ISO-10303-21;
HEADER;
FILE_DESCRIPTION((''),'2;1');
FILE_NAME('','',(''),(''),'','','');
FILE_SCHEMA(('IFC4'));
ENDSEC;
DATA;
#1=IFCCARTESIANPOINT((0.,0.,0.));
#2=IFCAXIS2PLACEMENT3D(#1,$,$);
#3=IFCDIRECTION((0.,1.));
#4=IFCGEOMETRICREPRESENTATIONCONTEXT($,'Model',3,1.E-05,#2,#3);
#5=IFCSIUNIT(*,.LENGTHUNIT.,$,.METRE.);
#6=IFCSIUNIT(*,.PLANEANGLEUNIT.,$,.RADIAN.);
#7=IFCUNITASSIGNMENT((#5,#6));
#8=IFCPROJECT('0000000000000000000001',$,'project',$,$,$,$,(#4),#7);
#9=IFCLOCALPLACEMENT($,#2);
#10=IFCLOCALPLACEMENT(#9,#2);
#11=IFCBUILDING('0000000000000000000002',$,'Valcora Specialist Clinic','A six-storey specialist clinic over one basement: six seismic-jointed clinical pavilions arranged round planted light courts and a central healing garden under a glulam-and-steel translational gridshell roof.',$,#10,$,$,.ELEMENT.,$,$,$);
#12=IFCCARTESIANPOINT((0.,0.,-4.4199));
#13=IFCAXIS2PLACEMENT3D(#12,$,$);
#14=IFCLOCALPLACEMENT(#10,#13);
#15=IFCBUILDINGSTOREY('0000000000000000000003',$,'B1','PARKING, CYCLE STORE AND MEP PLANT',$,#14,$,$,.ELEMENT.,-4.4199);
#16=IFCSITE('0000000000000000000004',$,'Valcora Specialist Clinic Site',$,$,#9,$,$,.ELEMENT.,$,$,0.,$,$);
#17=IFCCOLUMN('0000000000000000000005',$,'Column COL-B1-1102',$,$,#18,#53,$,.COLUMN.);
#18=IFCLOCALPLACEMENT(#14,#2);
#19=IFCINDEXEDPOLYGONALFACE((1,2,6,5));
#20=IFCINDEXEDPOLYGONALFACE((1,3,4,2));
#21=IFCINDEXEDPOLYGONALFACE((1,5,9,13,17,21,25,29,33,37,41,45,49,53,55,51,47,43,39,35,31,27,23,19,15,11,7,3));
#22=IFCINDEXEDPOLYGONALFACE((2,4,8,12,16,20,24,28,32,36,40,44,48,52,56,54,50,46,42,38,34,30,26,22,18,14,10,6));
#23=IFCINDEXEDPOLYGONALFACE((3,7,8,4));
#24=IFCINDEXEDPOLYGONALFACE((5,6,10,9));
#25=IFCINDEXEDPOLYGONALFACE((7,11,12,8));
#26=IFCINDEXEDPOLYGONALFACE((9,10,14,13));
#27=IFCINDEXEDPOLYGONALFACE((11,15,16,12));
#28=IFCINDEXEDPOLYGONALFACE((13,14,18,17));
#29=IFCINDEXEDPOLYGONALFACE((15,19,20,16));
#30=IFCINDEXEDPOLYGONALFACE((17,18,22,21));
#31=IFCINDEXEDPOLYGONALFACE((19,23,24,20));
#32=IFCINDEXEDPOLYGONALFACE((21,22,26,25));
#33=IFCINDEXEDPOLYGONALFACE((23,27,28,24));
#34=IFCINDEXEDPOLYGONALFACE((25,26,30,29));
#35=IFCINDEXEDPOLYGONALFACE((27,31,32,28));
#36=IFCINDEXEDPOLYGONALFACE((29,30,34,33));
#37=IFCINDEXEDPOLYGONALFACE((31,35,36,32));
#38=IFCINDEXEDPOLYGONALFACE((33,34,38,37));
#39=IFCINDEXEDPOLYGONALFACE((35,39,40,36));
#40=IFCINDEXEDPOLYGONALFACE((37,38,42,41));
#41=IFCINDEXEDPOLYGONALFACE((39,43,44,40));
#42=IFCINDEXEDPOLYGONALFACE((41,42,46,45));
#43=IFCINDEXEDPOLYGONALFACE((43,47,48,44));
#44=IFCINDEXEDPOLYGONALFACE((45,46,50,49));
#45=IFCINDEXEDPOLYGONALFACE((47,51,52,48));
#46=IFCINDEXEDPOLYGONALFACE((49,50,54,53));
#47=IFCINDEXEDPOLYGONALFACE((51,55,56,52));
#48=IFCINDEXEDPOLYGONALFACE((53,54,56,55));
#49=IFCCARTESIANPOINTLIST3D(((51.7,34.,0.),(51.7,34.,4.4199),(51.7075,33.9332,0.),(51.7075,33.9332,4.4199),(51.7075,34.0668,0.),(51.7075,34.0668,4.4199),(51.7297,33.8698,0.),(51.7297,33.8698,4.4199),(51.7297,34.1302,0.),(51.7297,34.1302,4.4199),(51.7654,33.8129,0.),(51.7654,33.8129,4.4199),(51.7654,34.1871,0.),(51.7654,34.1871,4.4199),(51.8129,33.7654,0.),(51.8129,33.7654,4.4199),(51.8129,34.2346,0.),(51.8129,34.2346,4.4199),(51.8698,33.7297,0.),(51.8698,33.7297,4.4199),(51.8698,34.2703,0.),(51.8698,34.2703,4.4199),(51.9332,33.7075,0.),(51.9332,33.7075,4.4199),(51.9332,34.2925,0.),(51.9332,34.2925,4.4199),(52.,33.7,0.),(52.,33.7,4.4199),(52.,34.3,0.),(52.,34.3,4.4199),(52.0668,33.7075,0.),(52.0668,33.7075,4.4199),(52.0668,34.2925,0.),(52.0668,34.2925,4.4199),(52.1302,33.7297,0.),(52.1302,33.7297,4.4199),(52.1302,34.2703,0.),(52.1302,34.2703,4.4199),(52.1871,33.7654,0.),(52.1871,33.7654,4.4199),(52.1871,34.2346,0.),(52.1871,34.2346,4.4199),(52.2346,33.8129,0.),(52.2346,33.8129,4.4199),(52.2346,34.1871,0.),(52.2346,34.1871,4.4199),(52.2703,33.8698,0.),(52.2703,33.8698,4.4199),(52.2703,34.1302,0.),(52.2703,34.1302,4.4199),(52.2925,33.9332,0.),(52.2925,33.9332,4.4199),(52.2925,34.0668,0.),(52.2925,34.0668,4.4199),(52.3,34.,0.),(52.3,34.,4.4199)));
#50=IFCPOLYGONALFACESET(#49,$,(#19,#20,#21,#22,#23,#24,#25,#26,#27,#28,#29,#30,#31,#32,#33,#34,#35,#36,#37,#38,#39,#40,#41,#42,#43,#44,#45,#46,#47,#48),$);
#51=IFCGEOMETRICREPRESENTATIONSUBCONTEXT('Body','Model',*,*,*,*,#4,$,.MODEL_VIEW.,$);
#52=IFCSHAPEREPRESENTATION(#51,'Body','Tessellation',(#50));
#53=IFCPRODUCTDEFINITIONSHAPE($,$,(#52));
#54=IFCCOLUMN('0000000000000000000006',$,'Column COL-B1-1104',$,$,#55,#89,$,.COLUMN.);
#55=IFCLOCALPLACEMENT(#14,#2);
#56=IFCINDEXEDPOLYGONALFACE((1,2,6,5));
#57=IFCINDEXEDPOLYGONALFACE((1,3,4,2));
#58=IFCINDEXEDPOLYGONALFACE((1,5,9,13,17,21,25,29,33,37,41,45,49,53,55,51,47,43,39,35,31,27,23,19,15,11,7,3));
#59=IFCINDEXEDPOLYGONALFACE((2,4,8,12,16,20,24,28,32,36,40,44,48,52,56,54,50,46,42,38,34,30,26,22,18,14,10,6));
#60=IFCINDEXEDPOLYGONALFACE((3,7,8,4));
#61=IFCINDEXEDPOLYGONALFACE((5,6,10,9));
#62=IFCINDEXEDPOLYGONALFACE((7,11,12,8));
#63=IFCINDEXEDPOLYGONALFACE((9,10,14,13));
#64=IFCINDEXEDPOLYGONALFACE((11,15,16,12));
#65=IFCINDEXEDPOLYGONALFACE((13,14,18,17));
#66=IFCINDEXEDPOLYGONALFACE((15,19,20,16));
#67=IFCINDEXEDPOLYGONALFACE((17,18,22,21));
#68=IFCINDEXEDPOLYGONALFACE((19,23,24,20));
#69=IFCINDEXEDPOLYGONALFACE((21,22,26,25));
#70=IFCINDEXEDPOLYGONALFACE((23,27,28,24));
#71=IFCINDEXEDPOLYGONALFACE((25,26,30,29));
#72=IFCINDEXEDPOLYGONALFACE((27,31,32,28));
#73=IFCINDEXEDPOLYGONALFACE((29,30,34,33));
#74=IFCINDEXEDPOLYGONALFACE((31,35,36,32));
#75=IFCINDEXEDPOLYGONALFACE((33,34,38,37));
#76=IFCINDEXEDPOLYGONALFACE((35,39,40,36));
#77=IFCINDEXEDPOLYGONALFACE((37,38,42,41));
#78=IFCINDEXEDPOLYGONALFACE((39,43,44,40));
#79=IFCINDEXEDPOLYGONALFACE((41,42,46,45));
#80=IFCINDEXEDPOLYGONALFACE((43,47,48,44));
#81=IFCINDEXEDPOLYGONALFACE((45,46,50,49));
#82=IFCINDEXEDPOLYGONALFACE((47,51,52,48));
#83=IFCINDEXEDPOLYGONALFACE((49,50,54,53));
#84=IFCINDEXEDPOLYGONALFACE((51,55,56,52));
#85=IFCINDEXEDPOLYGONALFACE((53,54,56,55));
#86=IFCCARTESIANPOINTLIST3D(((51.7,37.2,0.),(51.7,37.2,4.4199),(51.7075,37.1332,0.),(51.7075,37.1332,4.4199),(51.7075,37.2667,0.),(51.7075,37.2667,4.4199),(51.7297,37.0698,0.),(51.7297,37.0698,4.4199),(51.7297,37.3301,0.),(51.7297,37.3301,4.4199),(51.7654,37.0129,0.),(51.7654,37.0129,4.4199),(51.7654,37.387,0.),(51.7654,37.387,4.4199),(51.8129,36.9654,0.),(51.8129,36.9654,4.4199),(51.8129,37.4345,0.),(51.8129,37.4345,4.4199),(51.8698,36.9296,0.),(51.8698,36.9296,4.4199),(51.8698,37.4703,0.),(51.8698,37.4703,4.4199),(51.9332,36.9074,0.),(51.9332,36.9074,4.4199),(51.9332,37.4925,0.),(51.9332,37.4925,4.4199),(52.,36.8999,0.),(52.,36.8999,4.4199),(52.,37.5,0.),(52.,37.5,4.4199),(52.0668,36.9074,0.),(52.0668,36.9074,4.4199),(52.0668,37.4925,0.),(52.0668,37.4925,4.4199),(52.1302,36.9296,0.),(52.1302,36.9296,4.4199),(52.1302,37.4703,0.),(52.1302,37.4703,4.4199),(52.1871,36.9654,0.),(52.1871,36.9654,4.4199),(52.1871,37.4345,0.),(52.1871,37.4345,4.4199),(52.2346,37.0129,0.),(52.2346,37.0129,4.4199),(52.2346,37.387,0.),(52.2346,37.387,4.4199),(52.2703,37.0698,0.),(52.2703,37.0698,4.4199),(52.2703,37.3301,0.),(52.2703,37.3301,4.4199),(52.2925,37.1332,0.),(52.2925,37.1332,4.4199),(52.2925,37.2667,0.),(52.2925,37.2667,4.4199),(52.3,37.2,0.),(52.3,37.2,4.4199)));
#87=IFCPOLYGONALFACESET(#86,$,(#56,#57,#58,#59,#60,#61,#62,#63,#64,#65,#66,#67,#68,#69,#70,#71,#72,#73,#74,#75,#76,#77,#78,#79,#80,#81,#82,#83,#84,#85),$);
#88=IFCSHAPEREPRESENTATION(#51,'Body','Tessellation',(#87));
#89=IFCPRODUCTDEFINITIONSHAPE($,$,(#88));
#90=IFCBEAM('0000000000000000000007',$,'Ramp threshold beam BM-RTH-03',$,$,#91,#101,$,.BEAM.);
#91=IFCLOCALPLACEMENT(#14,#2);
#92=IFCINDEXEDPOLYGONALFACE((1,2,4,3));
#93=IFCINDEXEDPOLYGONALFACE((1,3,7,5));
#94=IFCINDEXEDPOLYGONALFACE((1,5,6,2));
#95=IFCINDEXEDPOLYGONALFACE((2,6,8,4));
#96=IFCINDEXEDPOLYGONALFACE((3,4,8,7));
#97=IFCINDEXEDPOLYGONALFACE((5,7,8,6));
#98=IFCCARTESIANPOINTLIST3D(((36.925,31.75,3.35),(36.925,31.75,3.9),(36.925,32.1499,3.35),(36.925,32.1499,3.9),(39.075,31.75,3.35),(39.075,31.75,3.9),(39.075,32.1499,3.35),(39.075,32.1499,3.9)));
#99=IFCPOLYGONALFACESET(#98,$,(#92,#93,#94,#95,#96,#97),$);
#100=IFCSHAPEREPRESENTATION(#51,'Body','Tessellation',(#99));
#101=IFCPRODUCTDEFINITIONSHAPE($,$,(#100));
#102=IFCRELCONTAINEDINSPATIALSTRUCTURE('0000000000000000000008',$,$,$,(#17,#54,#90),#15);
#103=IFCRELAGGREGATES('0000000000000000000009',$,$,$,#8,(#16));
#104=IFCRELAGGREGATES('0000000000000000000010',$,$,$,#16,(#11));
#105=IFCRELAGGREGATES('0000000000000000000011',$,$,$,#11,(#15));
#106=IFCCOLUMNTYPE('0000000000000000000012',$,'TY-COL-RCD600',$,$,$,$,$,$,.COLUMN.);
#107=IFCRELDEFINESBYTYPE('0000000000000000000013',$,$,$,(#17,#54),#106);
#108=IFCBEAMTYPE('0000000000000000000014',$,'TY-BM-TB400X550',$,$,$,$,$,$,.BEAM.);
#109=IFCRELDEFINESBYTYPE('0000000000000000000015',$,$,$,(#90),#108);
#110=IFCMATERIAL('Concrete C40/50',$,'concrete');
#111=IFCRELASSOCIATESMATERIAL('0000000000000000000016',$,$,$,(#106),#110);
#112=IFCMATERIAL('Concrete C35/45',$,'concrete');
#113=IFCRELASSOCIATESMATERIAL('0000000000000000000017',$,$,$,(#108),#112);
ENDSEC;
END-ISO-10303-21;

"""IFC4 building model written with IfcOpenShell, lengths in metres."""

from ifc_helpers import new_model, si_unit, direction, frame, origin, origin_2d, place, context, subcontext, project, spatial, rectangle, circle, extrude, material, material_profile, profile_set, type_object, element, save


model = new_model("IFC4")

# Units and contexts
model_context = context("Model", 3, precision=1e-05, world=origin(), true_north=direction((0.0, 1.0)))
body_context = subcontext(model_context, "Body", "Model", "MODEL_VIEW")
ifc_project = project(units=[si_unit("LENGTHUNIT", "METRE"), si_unit("PLANEANGLEUNIT", "RADIAN")], contexts=[model_context])

# Site, building, storey
site_placement = place(None, origin())
site = spatial("IfcSite", under=ifc_project, at=site_placement, Name="Valcora Specialist Clinic Site", CompositionType="ELEMENT", RefElevation=0.0)
building_placement = place(site_placement, origin())
building = spatial("IfcBuilding", under=site, at=building_placement, Name="Valcora Specialist Clinic", Description="A six-storey specialist clinic over one basement: six seismic-jointed clinical pavilions arranged round planted light courts and a central healing garden under a glulam-and-steel translational gridshell roof.", CompositionType="ELEMENT")
storey_placement = place(building_placement, frame((0.0, 0.0, -4.4199)))
storey = spatial("IfcBuildingStorey", under=building, at=storey_placement, Name="B1", Description="PARKING, CYCLE STORE AND MEP PLANT", CompositionType="ELEMENT", Elevation=-4.4199)

# Shared definitions
ifc_material_1 = material(Name="Concrete C35/45", Category="concrete")

# Columns
ifc_material_2 = material(Name="Concrete C40/50", Category="concrete")
ifc_material_profile_1 = material_profile(ifc_material_2, circle(Radius=0.3, at=origin_2d()), Name="RC-COL-D600")
ifc_profile_set_1 = profile_set([ifc_material_profile_1], Name="Concrete C40/50")
column_type_1 = type_object("IfcColumnType", Name="TY-COL-RCD600", PredefinedType="COLUMN", material=ifc_profile_set_1)
for number, where, z_axis, x_axis, name in (
    (1, (52.0, 34.0, 0.0), (0.0, 0.0, 1.0), (1.0, 0.0, 0.0), "Column COL-B1-1102"),
    (2, (52.0, 37.2, 0.0), (0.0, 0.0, 1.0), (1.0, 0.0, 0.0), "Column COL-B1-1104"),
):
    element("IfcColumn", number, at=place(storey_placement, frame(where, z_axis=z_axis, x_axis=x_axis)), inside=storey, type_object=column_type_1, Name=name, PredefinedType="COLUMN", context=body_context, shape_type="SweptSolid", body=[
        extrude(circle(Radius=0.3, at=origin_2d()), origin(), (0.0, 0.0, 1.0), 4.4199),
    ])

# Beam
ifc_material_profile_2 = material_profile(ifc_material_1, rectangle(XDim=0.3999, YDim=0.55, at=origin_2d()), Name="RC-TB-400X550")
ifc_profile_set_2 = profile_set([ifc_material_profile_2], Name="Concrete C35/45")
beam_type = type_object("IfcBeamType", Name="TY-BM-TB400X550", PredefinedType="BEAM", material=ifc_profile_set_2)
beam_placement = place(storey_placement, frame((36.925, 31.95, 3.625), z_axis=(1.0, 0.0, 0.0), x_axis=(0.0, 1.0, 0.0)))
element("IfcBeam", 3, at=beam_placement, inside=storey, type_object=beam_type, Name="Ramp threshold beam BM-RTH-03", PredefinedType="BEAM", context=body_context, shape_type="SweptSolid", body=[
    extrude(rectangle(XDim=0.3999, YDim=0.55, at=origin_2d()), origin(), (0.0, 0.0, 1.0), 2.1499),
])

save(model, "model.ifc")
